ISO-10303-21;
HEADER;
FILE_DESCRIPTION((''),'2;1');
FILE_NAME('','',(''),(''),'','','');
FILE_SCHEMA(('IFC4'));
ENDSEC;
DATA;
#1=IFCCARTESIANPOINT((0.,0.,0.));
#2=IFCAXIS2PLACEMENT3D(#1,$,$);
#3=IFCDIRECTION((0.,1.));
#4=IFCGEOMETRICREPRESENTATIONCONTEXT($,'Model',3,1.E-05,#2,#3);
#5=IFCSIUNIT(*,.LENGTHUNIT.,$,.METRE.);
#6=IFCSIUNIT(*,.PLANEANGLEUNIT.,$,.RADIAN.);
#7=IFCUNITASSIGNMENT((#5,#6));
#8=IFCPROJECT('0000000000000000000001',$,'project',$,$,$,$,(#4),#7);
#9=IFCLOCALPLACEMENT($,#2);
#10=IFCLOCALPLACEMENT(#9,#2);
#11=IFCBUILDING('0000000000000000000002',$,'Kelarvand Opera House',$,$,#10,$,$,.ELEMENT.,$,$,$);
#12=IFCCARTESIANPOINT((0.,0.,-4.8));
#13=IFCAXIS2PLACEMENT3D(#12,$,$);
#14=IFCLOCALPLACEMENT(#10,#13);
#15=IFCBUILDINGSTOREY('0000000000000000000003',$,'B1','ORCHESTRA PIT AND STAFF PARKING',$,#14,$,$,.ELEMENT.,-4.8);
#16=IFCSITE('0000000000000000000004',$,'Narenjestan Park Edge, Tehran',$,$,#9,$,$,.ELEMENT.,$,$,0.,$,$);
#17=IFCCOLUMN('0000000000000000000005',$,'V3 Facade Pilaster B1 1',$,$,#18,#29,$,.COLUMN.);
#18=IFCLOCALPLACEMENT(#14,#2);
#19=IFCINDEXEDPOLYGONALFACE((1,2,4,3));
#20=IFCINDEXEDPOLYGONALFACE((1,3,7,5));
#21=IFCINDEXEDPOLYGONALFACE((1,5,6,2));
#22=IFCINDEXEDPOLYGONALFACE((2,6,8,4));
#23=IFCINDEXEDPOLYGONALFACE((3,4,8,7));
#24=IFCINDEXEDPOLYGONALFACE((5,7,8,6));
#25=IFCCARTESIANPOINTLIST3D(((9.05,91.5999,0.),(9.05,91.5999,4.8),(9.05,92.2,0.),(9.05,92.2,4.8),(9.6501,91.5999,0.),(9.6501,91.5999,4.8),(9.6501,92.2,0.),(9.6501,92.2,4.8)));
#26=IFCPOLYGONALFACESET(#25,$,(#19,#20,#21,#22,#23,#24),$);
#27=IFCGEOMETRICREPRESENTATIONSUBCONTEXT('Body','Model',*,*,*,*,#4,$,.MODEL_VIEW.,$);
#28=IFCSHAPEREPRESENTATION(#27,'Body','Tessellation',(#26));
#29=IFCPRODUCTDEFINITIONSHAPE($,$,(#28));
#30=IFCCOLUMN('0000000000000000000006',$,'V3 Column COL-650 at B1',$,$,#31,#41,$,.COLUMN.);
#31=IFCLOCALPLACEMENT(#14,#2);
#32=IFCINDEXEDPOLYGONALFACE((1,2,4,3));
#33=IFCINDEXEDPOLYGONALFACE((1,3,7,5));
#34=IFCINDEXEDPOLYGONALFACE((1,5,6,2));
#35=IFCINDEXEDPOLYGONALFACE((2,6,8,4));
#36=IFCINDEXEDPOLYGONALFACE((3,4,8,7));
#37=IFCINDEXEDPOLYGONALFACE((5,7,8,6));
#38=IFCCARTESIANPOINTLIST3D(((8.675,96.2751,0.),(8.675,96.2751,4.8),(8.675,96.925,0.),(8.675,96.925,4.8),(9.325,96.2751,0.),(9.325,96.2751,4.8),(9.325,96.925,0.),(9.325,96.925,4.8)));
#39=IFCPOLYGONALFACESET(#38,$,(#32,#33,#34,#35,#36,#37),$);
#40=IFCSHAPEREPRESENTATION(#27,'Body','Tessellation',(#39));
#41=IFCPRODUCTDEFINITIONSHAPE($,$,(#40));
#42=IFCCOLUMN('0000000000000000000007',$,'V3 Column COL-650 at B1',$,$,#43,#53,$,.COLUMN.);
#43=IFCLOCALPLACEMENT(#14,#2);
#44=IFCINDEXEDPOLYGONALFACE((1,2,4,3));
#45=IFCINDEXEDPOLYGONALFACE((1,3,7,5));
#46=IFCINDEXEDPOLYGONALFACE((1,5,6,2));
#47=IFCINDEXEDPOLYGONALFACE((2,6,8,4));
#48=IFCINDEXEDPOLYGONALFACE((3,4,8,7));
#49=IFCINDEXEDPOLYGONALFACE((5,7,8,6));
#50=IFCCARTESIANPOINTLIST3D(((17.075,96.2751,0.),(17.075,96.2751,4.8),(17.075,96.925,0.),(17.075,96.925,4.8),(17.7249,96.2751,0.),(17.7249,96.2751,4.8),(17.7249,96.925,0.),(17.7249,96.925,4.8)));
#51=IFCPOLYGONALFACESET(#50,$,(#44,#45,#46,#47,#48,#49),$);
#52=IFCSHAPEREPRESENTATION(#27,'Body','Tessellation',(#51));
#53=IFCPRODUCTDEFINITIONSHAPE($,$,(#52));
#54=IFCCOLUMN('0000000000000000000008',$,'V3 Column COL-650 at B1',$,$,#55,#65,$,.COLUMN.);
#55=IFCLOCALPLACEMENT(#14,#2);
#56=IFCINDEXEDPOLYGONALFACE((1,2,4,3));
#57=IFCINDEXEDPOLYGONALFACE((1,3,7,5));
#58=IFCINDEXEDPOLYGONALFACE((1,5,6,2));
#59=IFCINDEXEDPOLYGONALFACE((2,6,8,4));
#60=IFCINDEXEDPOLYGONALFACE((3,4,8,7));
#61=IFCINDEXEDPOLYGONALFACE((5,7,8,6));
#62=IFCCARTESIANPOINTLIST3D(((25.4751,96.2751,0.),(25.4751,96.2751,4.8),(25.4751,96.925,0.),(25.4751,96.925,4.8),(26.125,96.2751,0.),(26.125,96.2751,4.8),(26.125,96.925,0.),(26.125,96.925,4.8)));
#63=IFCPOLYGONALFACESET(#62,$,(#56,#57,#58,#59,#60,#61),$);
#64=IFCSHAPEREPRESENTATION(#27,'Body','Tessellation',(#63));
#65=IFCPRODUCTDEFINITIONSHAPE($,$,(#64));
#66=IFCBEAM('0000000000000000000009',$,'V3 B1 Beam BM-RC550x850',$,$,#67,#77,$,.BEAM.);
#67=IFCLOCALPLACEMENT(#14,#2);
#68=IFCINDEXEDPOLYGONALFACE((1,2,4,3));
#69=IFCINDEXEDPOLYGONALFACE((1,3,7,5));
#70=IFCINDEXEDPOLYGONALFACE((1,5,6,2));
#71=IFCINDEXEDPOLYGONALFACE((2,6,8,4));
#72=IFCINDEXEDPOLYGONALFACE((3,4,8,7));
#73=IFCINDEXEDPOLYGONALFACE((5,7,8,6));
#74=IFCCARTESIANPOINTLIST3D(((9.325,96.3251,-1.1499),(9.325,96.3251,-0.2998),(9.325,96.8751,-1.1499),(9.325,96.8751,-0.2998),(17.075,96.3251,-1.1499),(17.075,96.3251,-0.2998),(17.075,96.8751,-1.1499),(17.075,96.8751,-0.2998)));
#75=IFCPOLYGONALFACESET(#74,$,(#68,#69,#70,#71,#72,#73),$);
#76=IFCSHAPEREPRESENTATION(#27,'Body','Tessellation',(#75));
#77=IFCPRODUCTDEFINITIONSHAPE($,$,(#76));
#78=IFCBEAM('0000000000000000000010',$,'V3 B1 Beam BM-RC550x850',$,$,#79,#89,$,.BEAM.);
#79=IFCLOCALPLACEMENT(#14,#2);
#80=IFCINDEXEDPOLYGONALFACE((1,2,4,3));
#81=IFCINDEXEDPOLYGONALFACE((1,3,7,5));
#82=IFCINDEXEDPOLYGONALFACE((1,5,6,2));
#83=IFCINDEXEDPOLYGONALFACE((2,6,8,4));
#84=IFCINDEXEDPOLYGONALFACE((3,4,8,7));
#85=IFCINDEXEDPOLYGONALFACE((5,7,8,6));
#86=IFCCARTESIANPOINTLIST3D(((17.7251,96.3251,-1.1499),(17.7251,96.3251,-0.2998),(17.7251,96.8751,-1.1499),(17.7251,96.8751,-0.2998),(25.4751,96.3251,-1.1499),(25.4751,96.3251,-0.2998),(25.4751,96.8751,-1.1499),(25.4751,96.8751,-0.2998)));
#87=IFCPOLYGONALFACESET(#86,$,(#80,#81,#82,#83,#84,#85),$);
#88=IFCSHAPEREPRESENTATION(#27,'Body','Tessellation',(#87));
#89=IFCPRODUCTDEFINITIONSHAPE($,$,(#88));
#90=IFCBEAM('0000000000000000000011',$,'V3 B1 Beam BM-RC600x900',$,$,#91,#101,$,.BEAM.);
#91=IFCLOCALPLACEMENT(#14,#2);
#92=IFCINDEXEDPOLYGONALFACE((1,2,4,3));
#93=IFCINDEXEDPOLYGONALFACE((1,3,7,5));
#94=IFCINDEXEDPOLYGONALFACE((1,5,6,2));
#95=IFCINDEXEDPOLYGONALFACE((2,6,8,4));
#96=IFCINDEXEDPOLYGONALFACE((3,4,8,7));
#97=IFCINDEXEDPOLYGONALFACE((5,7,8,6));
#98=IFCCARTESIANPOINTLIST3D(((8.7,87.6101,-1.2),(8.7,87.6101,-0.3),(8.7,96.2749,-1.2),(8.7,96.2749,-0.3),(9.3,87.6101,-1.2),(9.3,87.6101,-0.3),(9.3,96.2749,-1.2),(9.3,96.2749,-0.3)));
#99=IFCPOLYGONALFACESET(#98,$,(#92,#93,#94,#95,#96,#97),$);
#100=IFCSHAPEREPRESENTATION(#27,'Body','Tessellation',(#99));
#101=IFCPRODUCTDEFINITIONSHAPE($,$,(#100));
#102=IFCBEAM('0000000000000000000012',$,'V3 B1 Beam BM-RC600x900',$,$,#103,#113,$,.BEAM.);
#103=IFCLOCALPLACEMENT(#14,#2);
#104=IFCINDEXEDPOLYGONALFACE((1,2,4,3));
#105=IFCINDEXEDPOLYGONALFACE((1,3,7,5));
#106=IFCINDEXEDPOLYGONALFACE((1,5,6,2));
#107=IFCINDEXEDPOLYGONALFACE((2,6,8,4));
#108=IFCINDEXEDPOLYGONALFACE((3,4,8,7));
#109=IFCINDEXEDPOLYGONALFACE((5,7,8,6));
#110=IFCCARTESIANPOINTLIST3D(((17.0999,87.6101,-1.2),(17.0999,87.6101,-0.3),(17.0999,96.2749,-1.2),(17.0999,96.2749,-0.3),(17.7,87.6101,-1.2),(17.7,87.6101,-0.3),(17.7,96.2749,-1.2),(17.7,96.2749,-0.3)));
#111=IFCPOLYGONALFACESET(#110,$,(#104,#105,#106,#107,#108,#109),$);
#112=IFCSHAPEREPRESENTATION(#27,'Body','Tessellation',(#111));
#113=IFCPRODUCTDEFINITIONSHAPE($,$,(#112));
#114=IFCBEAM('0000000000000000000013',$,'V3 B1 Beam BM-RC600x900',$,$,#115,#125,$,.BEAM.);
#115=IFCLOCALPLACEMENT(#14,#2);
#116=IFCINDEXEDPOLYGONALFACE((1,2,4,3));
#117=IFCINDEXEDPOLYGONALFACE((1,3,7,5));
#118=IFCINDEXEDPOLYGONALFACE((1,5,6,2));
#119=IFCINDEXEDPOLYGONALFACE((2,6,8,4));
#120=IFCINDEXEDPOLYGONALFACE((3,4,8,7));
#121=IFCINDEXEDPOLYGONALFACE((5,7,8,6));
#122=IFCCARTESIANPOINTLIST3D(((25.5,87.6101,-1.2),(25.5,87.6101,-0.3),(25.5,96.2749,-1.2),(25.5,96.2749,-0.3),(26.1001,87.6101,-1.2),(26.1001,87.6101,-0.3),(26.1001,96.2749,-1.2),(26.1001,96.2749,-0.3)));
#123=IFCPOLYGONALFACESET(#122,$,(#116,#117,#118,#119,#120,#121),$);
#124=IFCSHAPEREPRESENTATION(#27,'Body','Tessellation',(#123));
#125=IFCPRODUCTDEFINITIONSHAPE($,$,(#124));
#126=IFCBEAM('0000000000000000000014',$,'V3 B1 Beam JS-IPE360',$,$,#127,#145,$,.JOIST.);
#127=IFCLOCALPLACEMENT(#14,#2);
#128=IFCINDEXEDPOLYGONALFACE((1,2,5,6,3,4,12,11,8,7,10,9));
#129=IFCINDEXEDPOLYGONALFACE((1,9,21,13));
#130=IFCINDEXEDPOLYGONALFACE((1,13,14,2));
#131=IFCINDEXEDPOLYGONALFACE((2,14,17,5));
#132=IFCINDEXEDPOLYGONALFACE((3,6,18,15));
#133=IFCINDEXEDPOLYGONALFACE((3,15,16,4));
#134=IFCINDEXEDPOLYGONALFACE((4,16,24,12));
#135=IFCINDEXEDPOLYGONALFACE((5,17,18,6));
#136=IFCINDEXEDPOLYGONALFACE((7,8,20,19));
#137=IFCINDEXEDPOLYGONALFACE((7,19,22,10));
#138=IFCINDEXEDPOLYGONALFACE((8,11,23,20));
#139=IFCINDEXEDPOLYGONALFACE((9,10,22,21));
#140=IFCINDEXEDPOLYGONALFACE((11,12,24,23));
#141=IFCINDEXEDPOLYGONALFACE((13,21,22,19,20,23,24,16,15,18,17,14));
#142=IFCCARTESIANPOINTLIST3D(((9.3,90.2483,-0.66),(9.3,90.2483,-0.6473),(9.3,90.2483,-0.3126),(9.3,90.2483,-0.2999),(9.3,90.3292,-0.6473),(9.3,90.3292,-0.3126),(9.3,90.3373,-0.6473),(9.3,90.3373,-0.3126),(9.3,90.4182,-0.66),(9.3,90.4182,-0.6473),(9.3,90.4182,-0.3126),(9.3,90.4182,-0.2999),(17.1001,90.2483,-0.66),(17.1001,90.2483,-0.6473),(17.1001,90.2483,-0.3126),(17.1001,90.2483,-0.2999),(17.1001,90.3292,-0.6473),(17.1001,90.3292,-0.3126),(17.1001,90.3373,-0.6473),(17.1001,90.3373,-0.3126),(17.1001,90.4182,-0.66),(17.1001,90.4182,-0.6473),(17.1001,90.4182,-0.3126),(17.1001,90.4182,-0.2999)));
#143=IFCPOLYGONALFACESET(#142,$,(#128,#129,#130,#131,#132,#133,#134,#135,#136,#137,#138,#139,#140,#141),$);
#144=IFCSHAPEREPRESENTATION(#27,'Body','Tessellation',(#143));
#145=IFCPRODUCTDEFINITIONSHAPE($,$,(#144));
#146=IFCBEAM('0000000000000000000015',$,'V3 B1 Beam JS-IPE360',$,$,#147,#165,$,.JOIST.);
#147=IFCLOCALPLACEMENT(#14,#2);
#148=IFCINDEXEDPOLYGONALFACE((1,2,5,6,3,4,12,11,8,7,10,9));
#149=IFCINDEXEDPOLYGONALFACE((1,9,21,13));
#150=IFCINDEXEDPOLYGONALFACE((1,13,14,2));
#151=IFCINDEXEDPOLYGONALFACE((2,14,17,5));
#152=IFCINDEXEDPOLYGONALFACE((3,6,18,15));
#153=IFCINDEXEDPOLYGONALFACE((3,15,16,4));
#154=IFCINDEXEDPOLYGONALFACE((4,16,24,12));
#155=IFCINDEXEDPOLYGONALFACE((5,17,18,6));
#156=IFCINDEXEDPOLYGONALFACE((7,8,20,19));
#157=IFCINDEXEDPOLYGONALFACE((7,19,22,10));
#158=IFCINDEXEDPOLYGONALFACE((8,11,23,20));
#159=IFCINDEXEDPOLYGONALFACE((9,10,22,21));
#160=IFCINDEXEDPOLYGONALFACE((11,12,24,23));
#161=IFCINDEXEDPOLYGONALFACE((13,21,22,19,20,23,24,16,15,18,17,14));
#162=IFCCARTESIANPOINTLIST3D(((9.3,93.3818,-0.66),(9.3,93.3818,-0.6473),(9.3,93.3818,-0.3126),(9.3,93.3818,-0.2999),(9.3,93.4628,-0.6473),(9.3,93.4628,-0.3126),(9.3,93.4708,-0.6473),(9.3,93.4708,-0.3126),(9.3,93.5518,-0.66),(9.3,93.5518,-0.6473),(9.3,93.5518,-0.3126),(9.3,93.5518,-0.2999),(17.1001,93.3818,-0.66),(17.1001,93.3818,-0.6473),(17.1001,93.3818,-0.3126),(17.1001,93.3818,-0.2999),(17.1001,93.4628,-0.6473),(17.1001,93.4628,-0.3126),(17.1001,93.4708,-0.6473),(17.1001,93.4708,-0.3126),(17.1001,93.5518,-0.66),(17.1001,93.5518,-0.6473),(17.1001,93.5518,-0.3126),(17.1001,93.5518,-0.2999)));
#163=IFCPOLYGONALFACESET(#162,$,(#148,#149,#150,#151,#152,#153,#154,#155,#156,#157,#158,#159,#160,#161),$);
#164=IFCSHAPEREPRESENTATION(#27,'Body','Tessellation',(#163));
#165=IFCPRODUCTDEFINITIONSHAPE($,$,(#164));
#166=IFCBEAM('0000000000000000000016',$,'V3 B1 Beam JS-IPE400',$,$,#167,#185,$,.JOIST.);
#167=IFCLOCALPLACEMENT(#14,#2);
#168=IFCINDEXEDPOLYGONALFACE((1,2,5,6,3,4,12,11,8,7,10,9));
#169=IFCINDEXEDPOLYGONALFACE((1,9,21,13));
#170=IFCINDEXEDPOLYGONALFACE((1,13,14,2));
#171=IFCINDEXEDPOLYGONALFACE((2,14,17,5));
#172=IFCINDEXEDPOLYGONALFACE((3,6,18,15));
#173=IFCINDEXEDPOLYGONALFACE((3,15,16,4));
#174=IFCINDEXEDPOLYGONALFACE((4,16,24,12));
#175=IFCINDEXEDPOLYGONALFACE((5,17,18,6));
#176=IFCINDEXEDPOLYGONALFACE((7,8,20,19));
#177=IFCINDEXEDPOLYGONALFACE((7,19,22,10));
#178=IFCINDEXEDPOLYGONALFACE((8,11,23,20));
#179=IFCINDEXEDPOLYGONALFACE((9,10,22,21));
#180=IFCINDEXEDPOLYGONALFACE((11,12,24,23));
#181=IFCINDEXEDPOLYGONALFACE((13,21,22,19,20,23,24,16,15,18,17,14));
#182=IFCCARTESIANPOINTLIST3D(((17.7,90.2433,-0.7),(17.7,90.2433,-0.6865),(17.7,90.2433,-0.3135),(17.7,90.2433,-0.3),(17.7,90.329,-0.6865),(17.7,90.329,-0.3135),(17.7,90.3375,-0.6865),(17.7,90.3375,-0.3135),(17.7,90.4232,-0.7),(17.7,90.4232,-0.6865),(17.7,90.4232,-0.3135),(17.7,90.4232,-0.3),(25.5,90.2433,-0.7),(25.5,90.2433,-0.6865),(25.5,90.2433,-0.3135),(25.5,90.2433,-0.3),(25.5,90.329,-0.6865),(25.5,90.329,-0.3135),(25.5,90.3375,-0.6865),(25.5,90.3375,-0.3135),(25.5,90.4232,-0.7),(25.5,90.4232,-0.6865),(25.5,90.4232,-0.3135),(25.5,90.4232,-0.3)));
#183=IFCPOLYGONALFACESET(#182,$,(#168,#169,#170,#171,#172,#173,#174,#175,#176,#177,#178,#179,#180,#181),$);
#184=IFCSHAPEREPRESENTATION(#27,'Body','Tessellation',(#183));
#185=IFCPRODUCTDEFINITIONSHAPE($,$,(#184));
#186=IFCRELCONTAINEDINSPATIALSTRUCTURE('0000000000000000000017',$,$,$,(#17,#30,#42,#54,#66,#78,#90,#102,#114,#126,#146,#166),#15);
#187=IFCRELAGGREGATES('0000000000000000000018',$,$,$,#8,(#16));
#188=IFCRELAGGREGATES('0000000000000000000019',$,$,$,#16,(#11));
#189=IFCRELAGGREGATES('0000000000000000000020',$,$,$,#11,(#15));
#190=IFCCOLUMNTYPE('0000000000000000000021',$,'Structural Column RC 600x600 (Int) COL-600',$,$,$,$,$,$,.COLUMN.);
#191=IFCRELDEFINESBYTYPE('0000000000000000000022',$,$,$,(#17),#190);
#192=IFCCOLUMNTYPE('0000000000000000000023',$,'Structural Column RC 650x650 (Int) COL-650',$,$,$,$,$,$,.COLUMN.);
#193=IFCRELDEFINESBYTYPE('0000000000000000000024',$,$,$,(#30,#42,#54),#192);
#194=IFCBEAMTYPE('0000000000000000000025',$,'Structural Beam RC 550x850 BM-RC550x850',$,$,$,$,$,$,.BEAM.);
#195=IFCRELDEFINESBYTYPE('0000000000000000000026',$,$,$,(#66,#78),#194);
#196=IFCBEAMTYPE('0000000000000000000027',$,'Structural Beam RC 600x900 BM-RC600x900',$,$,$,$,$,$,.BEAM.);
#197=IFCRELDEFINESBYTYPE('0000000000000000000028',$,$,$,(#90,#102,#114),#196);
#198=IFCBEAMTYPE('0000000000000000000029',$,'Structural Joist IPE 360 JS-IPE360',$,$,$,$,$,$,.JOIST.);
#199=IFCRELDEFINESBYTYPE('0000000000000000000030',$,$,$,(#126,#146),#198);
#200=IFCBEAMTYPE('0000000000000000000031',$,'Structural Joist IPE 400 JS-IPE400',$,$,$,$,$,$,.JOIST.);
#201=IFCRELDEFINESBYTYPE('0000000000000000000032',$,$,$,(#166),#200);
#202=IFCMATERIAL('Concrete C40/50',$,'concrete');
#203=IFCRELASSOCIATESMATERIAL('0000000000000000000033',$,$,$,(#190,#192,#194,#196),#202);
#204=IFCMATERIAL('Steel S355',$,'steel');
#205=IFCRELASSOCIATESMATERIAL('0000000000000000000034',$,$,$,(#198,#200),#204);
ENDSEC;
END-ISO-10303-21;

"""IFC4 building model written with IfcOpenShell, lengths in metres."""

from ifc_helpers import new_model, si_unit, direction, frame, origin, origin_2d, place, context, subcontext, project, spatial, rectangle, i_section, extrude, material, material_profile, profile_set, type_object, element, save


model = new_model("IFC4")

# Units and contexts
model_context = context("Model", 3, precision=1e-05, world=origin(), true_north=direction((0.0, 1.0)))
body_context = subcontext(model_context, "Body", "Model", "MODEL_VIEW")
ifc_project = project(units=[si_unit("LENGTHUNIT", "METRE"), si_unit("PLANEANGLEUNIT", "RADIAN")], contexts=[model_context])

# Site, building, storey
site_placement = place(None, origin())
site = spatial("IfcSite", under=ifc_project, at=site_placement, Name="Narenjestan Park Edge, Tehran", CompositionType="ELEMENT", RefElevation=0.0)
building_placement = place(site_placement, origin())
building = spatial("IfcBuilding", under=site, at=building_placement, Name="Kelarvand Opera House", CompositionType="ELEMENT")
storey_placement = place(building_placement, frame((0.0, 0.0, -4.8)))
storey = spatial("IfcBuildingStorey", under=building, at=storey_placement, Name="B1", Description="ORCHESTRA PIT AND STAFF PARKING", CompositionType="ELEMENT", Elevation=-4.8)

# Columns
ifc_material_1 = material(Name="Concrete C40/50", Category="concrete")
ifc_material_profile_1 = material_profile(ifc_material_1, rectangle(XDim=0.6001, YDim=0.6001, at=origin_2d()), Name="RC 600x600", Category="concrete")
ifc_profile_set_1 = profile_set([ifc_material_profile_1], Name="Concrete C40/50")
column_type_1 = type_object("IfcColumnType", Name="Structural Column RC 600x600 (Int) COL-600", PredefinedType="COLUMN", material=ifc_profile_set_1)
column_placement = place(storey_placement, frame((9.3501, 91.8999, 0.0), z_axis=(0.0, 0.0, 1.0), x_axis=(1.0, 0.0, 0.0)))
element("IfcColumn", 1, at=column_placement, inside=storey, type_object=column_type_1, Name="V3 Facade Pilaster B1 1", PredefinedType="COLUMN", context=body_context, shape_type="SweptSolid", body=[
    extrude(rectangle(XDim=0.6001, YDim=0.6001, at=origin_2d()), origin(), (0.0, 0.0, 1.0), 4.8),
])
ifc_material_profile_2 = material_profile(ifc_material_1, rectangle(XDim=0.6499, YDim=0.6499, at=origin_2d()), Name="RC 650x650", Category="concrete")
ifc_profile_set_2 = profile_set([ifc_material_profile_2], Name="Concrete C40/50")
column_type_2 = type_object("IfcColumnType", Name="Structural Column RC 650x650 (Int) COL-650", PredefinedType="COLUMN", material=ifc_profile_set_2)
for number, where, z_axis, x_axis, name in (
    (2, (9.0, 96.6001, 0.0), (0.0, 0.0, 1.0), (1.0, 0.0, 0.0), "V3 Column COL-650 at B1"),
    (3, (17.3999, 96.6001, 0.0), (0.0, 0.0, 1.0), (1.0, 0.0, 0.0), "V3 Column COL-650 at B1"),
    (4, (25.8, 96.6001, 0.0), (0.0, 0.0, 1.0), (1.0, 0.0, 0.0), "V3 Column COL-650 at B1"),
):
    element("IfcColumn", number, at=place(storey_placement, frame(where, z_axis=z_axis, x_axis=x_axis)), inside=storey, type_object=column_type_2, Name=name, PredefinedType="COLUMN", context=body_context, shape_type="SweptSolid", body=[
        extrude(rectangle(XDim=0.6499, YDim=0.6499, at=origin_2d()), origin(), (0.0, 0.0, 1.0), 4.8),
    ])

# Beams
ifc_material_profile_3 = material_profile(ifc_material_1, rectangle(XDim=0.55, YDim=0.8501, at=origin_2d()), Name="RC 550x850", Category="concrete")
ifc_profile_set_3 = profile_set([ifc_material_profile_3], Name="Concrete C40/50")
beam_type_1 = type_object("IfcBeamType", Name="Structural Beam RC 550x850 BM-RC550x850", PredefinedType="BEAM", material=ifc_profile_set_3)
for number, where, z_axis, x_axis, name in (
    (5, (9.325, 96.6001, -0.7249), (1.0, 0.0, 0.0), (0.0, 1.0, 0.0), "V3 B1 Beam BM-RC550x850"),
    (6, (17.7251, 96.6001, -0.7249), (1.0, 0.0, 0.0), (0.0, 1.0, 0.0), "V3 B1 Beam BM-RC550x850"),
):
    element("IfcBeam", number, at=place(storey_placement, frame(where, z_axis=z_axis, x_axis=x_axis)), inside=storey, type_object=beam_type_1, Name=name, PredefinedType="BEAM", context=body_context, shape_type="SweptSolid", body=[
        extrude(rectangle(XDim=0.55, YDim=0.8501, at=origin_2d()), origin(), (0.0, 0.0, 1.0), 7.75),
    ])
ifc_material_profile_4 = material_profile(ifc_material_1, rectangle(XDim=0.6001, YDim=0.8999, at=origin_2d()), Name="RC 600x900", Category="concrete")
ifc_profile_set_4 = profile_set([ifc_material_profile_4], Name="Concrete C40/50")
beam_type_2 = type_object("IfcBeamType", Name="Structural Beam RC 600x900 BM-RC600x900", PredefinedType="BEAM", material=ifc_profile_set_4)
for number, where, z_axis, x_axis, name in (
    (7, (9.0, 87.6101, -0.75), (0.0, 1.0, 0.0), (-1.0, 0.0, 0.0), "V3 B1 Beam BM-RC600x900"),
    (8, (17.3999, 87.6101, -0.75), (0.0, 1.0, 0.0), (-1.0, 0.0, 0.0), "V3 B1 Beam BM-RC600x900"),
    (9, (25.8, 87.6101, -0.75), (0.0, 1.0, 0.0), (-1.0, 0.0, 0.0), "V3 B1 Beam BM-RC600x900"),
):
    element("IfcBeam", number, at=place(storey_placement, frame(where, z_axis=z_axis, x_axis=x_axis)), inside=storey, type_object=beam_type_2, Name=name, PredefinedType="BEAM", context=body_context, shape_type="SweptSolid", body=[
        extrude(rectangle(XDim=0.6001, YDim=0.8999, at=origin_2d()), origin(), (0.0, 0.0, 1.0), 8.6648),
    ])
ifc_material_2 = material(Name="Steel S355", Category="steel")
ifc_material_profile_5 = material_profile(ifc_material_2, i_section(OverallWidth=0.1699, OverallDepth=0.3601, WebThickness=0.0081, FlangeThickness=0.0127, at=origin_2d()), Name="IPE 360", Category="steel")
ifc_profile_set_5 = profile_set([ifc_material_profile_5], Name="Steel S355")
beam_type_3 = type_object("IfcBeamType", Name="Structural Joist IPE 360 JS-IPE360", PredefinedType="JOIST", material=ifc_profile_set_5)
for number, where, z_axis, x_axis, name in (
    (10, (9.3, 90.3333, -0.48), (1.0, 0.0, 0.0), (0.0, 1.0, 0.0), "V3 B1 Beam JS-IPE360"),
    (11, (9.3, 93.4668, -0.48), (1.0, 0.0, 0.0), (0.0, 1.0, 0.0), "V3 B1 Beam JS-IPE360"),
):
    element("IfcBeam", number, at=place(storey_placement, frame(where, z_axis=z_axis, x_axis=x_axis)), inside=storey, type_object=beam_type_3, Name=name, PredefinedType="JOIST", context=body_context, shape_type="SweptSolid", body=[
        extrude(i_section(OverallWidth=0.1699, OverallDepth=0.3601, WebThickness=0.0081, FlangeThickness=0.0127, at=origin_2d()), origin(), (0.0, 0.0, 1.0), 7.8),
    ])
ifc_material_profile_6 = material_profile(ifc_material_2, i_section(OverallWidth=0.1799, OverallDepth=0.3999, WebThickness=0.0085, FlangeThickness=0.0134, at=origin_2d()), Name="IPE 400", Category="steel")
ifc_profile_set_6 = profile_set([ifc_material_profile_6], Name="Steel S355")
beam_type_4 = type_object("IfcBeamType", Name="Structural Joist IPE 400 JS-IPE400", PredefinedType="JOIST", material=ifc_profile_set_6)
for number, where, z_axis, x_axis, name in (
    (12, (17.7, 90.3333, -0.5), (1.0, 0.0, 0.0), (0.0, 1.0, 0.0), "V3 B1 Beam JS-IPE400"),
):
    element("IfcBeam", number, at=place(storey_placement, frame(where, z_axis=z_axis, x_axis=x_axis)), inside=storey, type_object=beam_type_4, Name=name, PredefinedType="JOIST", context=body_context, shape_type="SweptSolid", body=[
        extrude(i_section(OverallWidth=0.1799, OverallDepth=0.3999, WebThickness=0.0085, FlangeThickness=0.0134, at=origin_2d()), origin(), (0.0, 0.0, 1.0), 7.8),
    ])

save(model, "model.ifc")
